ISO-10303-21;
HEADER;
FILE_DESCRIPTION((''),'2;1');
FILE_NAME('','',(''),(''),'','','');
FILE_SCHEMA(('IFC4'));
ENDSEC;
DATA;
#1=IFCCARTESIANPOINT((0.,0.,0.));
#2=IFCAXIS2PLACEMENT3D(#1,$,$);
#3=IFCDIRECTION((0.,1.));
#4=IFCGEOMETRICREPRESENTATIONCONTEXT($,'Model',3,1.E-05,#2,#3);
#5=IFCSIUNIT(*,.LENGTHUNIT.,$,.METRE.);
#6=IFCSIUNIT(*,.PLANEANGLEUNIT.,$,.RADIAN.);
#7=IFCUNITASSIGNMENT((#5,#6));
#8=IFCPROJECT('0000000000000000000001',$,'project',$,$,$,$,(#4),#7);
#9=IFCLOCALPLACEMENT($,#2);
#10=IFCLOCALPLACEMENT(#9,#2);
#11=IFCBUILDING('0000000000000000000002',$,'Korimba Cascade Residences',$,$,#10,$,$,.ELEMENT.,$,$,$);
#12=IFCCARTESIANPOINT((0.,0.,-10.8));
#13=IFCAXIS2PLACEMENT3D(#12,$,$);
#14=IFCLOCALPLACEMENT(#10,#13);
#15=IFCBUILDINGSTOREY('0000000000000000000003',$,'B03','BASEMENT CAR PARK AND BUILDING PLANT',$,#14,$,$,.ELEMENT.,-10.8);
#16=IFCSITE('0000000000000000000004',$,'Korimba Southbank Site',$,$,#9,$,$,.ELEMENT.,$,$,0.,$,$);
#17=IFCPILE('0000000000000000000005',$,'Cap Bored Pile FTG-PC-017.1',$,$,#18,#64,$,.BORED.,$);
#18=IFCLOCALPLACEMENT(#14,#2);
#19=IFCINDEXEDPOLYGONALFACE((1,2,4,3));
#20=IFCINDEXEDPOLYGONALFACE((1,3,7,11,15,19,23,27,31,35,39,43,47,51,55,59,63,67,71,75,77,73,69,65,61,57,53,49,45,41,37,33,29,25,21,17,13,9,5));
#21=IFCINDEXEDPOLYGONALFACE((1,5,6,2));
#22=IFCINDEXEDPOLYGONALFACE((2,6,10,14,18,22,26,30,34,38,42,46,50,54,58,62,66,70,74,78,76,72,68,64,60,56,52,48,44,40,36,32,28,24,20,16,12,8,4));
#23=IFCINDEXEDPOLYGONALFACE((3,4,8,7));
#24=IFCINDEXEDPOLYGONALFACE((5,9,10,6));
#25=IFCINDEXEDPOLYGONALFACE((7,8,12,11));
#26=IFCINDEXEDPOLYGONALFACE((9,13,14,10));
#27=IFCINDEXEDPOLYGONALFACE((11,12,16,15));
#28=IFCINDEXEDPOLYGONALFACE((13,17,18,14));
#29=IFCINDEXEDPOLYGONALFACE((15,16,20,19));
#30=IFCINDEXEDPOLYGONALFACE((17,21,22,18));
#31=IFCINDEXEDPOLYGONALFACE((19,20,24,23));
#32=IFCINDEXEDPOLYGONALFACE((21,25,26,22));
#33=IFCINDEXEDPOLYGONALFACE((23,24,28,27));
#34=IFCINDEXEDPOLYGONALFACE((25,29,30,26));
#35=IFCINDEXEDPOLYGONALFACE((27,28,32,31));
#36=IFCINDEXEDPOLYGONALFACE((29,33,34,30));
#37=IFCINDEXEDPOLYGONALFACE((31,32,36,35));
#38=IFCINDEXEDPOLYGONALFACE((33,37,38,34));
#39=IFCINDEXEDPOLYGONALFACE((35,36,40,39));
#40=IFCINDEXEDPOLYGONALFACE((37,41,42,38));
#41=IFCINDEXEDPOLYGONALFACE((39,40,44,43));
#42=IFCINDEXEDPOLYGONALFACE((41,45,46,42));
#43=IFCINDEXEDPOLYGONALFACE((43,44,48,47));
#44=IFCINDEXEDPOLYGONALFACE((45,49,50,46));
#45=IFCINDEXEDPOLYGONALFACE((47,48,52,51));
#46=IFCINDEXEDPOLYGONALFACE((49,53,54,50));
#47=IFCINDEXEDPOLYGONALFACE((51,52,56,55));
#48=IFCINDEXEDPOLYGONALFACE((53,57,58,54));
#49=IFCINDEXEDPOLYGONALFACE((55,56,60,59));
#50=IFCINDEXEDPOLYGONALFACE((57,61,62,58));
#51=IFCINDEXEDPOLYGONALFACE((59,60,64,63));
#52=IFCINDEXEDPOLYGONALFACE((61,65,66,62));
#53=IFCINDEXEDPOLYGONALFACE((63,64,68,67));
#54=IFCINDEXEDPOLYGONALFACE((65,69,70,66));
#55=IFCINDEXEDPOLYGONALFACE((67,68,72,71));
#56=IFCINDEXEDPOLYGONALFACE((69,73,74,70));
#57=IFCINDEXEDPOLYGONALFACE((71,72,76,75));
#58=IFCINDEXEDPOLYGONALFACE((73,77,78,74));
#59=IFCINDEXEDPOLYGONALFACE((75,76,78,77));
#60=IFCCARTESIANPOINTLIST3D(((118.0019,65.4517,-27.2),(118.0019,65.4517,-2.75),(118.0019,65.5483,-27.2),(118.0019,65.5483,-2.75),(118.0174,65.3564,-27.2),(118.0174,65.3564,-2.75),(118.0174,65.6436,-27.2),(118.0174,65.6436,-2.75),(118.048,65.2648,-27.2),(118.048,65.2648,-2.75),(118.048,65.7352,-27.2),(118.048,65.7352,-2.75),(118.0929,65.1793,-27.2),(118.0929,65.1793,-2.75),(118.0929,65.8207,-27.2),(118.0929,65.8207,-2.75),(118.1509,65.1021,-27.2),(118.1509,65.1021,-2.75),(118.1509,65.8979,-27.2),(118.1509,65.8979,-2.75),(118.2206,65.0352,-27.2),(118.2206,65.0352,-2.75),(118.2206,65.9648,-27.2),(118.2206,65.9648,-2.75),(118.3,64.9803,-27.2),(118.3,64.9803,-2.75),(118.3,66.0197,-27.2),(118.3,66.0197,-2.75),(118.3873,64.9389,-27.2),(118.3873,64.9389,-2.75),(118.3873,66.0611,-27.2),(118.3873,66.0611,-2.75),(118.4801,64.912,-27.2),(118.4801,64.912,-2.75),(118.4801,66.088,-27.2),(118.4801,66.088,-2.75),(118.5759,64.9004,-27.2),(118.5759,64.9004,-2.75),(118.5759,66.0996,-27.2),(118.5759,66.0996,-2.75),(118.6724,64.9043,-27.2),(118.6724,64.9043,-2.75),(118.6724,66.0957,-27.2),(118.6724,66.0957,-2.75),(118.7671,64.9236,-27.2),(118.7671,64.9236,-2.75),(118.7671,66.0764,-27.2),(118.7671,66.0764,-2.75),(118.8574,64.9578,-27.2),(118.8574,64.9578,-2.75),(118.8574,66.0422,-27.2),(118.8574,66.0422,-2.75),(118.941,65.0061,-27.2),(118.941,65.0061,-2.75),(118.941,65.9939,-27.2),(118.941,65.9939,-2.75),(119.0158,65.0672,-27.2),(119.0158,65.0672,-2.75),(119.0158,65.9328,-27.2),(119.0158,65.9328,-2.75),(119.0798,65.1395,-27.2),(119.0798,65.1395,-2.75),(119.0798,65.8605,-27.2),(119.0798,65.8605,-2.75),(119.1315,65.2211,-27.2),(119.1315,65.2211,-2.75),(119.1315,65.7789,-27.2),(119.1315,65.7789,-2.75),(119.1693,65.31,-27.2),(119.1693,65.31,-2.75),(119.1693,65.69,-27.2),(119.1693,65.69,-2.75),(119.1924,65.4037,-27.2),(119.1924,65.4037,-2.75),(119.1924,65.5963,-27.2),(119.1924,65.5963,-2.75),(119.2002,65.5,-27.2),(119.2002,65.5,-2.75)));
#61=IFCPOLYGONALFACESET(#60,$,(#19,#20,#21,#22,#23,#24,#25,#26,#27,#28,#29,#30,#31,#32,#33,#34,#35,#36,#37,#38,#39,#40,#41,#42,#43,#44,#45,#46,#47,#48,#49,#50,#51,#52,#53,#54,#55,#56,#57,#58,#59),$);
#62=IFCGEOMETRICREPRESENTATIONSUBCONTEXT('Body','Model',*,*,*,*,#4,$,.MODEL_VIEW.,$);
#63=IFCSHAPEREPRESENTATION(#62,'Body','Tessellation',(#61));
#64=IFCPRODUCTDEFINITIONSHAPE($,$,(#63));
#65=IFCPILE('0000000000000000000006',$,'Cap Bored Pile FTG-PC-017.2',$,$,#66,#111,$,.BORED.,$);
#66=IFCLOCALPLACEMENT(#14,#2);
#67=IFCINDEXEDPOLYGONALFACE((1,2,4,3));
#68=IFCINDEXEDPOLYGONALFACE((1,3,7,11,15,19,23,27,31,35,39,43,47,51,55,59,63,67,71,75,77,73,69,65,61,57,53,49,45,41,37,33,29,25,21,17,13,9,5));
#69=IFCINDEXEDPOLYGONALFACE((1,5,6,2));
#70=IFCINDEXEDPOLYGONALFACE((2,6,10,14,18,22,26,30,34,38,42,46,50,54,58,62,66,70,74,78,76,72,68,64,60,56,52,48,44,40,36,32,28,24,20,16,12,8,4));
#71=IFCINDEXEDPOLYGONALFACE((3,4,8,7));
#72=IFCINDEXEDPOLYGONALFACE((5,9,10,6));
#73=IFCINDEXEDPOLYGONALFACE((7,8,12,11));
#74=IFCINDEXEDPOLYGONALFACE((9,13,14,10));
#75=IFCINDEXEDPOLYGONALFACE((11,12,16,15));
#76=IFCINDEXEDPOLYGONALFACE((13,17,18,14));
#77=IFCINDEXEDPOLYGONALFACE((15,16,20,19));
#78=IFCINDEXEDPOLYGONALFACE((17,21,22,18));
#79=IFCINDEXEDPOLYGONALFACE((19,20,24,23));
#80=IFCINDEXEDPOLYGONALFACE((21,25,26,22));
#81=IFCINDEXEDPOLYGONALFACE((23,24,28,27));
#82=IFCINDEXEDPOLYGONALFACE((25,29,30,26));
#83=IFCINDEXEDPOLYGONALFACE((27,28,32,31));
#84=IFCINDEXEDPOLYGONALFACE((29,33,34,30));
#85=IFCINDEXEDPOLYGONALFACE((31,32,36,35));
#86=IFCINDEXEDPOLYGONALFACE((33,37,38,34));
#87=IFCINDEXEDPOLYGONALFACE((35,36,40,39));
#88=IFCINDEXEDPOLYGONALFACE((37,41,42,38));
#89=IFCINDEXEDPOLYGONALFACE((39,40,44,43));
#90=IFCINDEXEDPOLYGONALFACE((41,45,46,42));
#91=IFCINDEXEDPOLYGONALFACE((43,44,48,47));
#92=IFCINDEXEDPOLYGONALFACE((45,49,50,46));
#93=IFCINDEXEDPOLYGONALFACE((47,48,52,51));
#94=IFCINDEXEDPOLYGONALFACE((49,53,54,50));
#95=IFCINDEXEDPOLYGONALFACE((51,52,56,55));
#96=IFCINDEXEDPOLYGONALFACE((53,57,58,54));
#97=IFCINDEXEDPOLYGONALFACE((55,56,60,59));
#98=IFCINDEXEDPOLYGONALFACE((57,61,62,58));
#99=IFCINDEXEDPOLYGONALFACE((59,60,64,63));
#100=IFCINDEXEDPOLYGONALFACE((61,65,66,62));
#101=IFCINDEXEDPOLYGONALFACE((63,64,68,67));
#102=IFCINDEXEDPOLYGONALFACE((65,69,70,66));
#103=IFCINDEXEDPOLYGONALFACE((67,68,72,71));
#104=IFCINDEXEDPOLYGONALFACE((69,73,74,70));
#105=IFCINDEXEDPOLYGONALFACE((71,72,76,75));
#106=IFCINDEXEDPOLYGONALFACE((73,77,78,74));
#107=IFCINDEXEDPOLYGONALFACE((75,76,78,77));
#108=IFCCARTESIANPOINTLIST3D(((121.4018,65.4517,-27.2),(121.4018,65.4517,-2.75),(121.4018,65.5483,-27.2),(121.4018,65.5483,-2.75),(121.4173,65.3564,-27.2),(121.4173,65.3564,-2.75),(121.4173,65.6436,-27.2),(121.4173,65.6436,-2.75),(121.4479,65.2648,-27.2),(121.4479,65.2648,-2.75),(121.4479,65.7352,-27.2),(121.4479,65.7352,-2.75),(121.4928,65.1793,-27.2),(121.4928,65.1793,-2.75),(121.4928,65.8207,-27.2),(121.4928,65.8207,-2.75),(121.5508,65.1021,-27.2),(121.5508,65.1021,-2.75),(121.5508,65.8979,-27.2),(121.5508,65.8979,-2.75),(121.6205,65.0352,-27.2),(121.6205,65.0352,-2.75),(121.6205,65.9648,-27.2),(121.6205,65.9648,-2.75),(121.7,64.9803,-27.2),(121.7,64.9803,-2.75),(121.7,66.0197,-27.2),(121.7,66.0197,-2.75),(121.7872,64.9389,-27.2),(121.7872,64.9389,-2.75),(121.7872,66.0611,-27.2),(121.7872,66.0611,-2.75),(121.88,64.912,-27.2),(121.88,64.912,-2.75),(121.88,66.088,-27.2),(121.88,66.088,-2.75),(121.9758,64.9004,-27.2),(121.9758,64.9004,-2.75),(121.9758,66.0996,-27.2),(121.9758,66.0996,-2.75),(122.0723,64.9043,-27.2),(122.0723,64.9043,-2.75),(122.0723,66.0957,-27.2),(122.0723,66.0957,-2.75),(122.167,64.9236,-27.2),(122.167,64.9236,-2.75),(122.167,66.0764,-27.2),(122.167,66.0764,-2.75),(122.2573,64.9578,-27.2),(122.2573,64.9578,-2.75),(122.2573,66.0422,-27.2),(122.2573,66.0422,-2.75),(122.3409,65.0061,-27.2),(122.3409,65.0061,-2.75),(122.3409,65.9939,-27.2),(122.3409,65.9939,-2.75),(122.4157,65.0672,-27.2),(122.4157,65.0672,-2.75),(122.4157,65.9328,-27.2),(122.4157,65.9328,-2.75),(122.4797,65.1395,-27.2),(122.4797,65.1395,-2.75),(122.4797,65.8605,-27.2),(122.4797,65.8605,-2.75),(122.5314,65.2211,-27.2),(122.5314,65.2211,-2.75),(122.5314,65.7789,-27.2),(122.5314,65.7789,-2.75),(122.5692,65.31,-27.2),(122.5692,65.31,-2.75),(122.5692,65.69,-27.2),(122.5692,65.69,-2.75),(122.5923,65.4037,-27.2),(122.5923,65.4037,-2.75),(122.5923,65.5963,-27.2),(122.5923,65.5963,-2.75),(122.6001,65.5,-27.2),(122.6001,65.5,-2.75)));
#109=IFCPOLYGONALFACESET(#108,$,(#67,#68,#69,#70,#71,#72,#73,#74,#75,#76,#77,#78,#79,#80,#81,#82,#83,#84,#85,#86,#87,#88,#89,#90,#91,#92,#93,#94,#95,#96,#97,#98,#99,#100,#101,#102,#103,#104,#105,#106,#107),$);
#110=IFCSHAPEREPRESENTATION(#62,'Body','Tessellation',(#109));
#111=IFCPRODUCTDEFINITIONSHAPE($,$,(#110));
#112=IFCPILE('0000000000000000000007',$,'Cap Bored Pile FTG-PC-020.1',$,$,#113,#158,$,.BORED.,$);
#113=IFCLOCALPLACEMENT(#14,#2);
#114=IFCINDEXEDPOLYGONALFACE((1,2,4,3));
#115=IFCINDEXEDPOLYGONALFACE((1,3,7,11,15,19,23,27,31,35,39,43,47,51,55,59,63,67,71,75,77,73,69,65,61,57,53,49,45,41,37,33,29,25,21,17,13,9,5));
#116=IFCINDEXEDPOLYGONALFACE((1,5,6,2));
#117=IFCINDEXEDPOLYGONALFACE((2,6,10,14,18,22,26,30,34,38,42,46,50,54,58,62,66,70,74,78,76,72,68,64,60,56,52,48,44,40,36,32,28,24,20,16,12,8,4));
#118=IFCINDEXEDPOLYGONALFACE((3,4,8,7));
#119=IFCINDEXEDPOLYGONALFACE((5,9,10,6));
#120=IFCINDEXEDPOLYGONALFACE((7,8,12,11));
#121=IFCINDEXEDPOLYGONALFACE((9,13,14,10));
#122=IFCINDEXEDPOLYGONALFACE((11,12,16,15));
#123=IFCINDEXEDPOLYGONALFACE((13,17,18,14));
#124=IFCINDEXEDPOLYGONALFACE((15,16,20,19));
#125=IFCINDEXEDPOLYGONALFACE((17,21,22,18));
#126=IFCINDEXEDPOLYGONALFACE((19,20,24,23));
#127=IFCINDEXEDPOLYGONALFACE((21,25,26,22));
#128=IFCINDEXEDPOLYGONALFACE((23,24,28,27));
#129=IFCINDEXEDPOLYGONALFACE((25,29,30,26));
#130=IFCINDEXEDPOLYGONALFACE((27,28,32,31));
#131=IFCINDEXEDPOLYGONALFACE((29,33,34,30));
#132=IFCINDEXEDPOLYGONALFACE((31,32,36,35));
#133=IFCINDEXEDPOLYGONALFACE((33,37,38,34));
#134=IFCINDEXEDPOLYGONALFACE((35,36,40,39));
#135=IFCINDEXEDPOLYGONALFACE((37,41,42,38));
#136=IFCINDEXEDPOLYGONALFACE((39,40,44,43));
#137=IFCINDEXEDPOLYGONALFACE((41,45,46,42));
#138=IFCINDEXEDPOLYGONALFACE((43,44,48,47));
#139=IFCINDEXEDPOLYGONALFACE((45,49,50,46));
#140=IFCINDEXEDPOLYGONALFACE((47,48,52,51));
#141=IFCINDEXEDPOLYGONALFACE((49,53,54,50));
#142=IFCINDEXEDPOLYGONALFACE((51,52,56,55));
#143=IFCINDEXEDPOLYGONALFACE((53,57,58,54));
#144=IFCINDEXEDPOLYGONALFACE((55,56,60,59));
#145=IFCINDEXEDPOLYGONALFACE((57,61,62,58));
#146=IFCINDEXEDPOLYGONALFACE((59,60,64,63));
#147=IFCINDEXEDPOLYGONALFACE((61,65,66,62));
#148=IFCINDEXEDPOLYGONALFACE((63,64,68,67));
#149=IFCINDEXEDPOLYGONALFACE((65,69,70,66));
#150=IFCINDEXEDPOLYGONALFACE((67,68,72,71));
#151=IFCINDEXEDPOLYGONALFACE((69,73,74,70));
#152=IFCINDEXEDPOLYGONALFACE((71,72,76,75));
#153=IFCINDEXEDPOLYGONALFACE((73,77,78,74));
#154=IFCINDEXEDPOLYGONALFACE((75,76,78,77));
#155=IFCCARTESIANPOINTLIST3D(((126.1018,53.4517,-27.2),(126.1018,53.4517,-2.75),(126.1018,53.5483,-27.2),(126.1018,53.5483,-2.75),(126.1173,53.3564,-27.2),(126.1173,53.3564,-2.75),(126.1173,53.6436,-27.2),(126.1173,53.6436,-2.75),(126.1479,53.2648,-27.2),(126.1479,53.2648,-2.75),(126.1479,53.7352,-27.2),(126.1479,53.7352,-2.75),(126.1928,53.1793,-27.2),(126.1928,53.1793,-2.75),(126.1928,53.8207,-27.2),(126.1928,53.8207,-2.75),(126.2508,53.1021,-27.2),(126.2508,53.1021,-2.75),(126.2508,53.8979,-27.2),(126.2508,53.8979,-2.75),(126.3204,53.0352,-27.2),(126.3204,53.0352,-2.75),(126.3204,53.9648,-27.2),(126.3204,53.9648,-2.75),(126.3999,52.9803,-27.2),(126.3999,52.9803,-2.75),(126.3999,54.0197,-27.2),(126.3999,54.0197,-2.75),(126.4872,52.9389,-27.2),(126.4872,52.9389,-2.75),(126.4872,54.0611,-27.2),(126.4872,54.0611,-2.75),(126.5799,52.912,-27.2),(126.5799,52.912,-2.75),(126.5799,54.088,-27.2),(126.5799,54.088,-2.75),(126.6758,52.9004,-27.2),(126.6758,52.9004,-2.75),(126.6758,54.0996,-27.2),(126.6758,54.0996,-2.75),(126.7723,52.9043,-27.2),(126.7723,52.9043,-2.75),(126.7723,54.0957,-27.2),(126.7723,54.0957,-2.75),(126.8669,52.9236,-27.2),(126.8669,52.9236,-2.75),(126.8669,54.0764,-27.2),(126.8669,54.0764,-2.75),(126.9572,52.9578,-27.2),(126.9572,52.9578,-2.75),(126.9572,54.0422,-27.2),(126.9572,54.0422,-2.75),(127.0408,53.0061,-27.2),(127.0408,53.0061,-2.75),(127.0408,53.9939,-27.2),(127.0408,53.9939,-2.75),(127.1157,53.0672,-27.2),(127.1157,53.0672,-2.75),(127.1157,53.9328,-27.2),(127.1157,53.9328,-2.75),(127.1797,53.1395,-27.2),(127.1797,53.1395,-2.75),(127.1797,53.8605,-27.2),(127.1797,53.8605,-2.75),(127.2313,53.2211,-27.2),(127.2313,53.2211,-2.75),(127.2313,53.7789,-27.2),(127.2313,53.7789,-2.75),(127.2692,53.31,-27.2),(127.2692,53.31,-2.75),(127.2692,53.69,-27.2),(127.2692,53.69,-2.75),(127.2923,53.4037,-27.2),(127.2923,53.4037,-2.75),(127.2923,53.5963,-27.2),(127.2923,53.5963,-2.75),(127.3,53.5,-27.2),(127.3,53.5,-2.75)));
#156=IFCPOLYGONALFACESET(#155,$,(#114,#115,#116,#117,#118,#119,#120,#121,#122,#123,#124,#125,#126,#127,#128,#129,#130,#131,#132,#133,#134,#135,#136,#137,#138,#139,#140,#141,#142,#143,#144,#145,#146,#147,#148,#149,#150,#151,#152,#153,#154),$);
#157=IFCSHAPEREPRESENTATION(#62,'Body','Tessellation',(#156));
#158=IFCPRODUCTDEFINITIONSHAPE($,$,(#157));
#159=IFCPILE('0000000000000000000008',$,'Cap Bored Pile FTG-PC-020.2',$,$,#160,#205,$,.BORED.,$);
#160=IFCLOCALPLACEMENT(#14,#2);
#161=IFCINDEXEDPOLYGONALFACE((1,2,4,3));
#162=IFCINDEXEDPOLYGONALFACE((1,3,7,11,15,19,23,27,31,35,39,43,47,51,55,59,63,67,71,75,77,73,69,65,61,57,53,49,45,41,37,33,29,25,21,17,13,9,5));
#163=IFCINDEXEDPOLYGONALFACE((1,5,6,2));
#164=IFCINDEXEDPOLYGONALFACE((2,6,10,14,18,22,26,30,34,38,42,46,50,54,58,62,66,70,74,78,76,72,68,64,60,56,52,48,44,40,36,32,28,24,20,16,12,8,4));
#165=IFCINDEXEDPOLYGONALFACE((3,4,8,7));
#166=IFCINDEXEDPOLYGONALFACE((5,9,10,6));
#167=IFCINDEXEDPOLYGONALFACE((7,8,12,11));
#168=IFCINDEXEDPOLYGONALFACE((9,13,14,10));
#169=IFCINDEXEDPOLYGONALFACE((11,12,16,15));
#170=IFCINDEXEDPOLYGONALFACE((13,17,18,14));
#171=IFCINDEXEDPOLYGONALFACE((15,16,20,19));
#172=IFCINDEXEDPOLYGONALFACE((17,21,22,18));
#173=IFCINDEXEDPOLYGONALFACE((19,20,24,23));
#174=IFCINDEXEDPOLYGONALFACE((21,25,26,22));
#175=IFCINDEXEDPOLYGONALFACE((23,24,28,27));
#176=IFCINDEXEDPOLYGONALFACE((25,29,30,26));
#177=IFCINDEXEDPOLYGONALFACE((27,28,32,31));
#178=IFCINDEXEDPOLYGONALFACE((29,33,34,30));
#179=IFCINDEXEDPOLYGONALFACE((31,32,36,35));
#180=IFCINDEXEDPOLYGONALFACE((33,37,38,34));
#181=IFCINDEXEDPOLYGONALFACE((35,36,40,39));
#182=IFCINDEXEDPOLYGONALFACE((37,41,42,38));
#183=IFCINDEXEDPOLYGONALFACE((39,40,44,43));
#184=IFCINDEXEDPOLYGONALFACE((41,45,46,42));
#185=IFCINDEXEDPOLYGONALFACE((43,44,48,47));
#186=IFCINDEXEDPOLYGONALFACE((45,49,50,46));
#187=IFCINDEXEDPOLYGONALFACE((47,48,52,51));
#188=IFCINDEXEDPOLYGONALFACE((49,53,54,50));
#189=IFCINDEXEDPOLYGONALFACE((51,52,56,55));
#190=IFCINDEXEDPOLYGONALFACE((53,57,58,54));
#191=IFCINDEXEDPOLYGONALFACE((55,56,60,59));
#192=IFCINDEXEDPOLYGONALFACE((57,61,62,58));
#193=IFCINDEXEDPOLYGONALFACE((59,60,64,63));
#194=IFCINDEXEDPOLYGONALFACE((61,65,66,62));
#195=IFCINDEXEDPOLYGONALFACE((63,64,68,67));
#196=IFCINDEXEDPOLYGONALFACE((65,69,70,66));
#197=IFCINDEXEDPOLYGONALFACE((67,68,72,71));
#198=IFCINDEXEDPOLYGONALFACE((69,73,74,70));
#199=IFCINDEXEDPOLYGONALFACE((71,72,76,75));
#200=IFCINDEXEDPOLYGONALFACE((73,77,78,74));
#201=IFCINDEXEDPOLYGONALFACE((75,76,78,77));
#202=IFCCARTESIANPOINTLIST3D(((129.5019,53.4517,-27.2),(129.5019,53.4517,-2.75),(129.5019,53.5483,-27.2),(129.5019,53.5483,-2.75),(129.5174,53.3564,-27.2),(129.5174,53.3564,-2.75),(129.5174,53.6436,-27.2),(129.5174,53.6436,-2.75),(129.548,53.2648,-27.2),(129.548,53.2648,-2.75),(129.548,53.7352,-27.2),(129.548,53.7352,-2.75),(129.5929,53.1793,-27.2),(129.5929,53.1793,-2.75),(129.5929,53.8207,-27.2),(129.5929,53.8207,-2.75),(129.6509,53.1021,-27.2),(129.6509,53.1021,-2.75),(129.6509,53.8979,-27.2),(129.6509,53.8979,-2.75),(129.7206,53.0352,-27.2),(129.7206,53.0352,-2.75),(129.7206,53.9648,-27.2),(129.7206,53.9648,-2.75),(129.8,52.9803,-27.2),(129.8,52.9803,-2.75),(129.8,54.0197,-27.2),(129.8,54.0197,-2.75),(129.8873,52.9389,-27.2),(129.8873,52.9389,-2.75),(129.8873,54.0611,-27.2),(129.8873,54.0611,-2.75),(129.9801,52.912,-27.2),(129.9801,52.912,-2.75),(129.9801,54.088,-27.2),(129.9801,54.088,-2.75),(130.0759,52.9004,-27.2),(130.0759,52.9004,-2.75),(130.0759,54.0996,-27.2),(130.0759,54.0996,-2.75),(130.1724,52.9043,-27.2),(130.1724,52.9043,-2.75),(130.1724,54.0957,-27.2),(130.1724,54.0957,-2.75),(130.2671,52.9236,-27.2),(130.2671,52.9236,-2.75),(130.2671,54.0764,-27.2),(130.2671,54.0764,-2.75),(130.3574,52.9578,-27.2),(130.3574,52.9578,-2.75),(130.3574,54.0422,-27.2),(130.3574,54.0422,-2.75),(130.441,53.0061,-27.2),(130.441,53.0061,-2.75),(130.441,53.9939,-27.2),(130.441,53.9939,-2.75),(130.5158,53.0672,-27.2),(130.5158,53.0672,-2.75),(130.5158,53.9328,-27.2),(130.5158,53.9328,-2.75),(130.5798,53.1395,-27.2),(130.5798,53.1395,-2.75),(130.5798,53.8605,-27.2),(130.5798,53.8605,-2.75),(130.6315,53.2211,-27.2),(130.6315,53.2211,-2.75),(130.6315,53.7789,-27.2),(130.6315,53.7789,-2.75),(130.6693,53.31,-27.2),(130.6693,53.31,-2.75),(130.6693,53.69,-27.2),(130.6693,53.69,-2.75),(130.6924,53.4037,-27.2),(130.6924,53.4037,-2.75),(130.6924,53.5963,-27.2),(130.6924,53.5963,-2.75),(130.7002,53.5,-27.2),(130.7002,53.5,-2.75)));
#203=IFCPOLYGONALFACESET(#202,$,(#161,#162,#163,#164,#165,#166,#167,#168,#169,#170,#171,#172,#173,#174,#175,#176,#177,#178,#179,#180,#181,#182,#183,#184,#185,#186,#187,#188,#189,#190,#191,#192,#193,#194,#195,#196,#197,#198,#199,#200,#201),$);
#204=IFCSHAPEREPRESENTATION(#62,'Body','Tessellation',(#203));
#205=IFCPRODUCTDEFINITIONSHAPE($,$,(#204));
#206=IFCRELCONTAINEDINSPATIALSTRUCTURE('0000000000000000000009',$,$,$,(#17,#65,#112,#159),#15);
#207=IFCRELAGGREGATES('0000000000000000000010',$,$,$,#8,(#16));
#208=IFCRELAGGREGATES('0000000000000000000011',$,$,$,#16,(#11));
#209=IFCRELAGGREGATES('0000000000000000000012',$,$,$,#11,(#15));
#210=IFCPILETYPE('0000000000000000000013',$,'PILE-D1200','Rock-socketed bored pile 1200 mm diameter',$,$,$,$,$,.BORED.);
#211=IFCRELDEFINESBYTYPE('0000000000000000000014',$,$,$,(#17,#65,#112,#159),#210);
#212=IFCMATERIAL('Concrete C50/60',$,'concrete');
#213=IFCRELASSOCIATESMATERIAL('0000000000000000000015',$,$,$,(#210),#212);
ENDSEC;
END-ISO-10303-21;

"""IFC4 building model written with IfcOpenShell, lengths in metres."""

from ifc_helpers import new_model, si_unit, direction, frame, origin, origin_2d, place, context, subcontext, project, spatial, circle, extrude, material, material_profile, profile_set, type_object, element, save


model = new_model("IFC4")

# Units and contexts
model_context = context("Model", 3, precision=1e-05, world=origin(), true_north=direction((0.0, 1.0)))
body_context = subcontext(model_context, "Body", "Model", "MODEL_VIEW")
ifc_project = project(units=[si_unit("LENGTHUNIT", "METRE"), si_unit("PLANEANGLEUNIT", "RADIAN")], contexts=[model_context])

# Site, building, storey
site_placement = place(None, origin())
site = spatial("IfcSite", under=ifc_project, at=site_placement, Name="Korimba Southbank Site", CompositionType="ELEMENT", RefElevation=0.0)
building_placement = place(site_placement, origin())
building = spatial("IfcBuilding", under=site, at=building_placement, Name="Korimba Cascade Residences", CompositionType="ELEMENT")
storey_placement = place(building_placement, frame((0.0, 0.0, -10.8)))
storey = spatial("IfcBuildingStorey", under=building, at=storey_placement, Name="B03", Description="BASEMENT CAR PARK AND BUILDING PLANT", CompositionType="ELEMENT", Elevation=-10.8)

# Piles
ifc_material_1 = material(Name="Concrete C50/60", Category="concrete")
ifc_material_profile_1 = material_profile(ifc_material_1, circle(Radius=0.6001, at=origin_2d()), Name="Concrete C50/60")
ifc_profile_set_1 = profile_set([ifc_material_profile_1], Name="Concrete C50/60")
pile_type = type_object("IfcPileType", Name="PILE-D1200", Description="Rock-socketed bored pile 1200 mm diameter", PredefinedType="BORED", material=ifc_profile_set_1)
for number, where, z_axis, x_axis, name in (
    (1, (118.6001, 65.5, -2.75), (0.0, 0.0, -1.0), (1.0, 0.0, 0.0), "Cap Bored Pile FTG-PC-017.1"),
    (2, (122.0, 65.5, -2.75), (0.0, 0.0, -1.0), (1.0, 0.0, 0.0), "Cap Bored Pile FTG-PC-017.2"),
    (3, (126.7, 53.5, -2.75), (0.0, 0.0, -1.0), (1.0, 0.0, 0.0), "Cap Bored Pile FTG-PC-020.1"),
    (4, (130.1001, 53.5, -2.75), (0.0, 0.0, -1.0), (1.0, 0.0, 0.0), "Cap Bored Pile FTG-PC-020.2"),
):
    element("IfcPile", number, at=place(storey_placement, frame(where, z_axis=z_axis, x_axis=x_axis)), inside=storey, type_object=pile_type, Name=name, PredefinedType="BORED", context=body_context, shape_type="SweptSolid", body=[
        extrude(circle(Radius=0.6001, at=origin_2d()), origin(), (0.0, 0.0, 1.0), 24.45),
    ])

save(model, "model.ifc")
